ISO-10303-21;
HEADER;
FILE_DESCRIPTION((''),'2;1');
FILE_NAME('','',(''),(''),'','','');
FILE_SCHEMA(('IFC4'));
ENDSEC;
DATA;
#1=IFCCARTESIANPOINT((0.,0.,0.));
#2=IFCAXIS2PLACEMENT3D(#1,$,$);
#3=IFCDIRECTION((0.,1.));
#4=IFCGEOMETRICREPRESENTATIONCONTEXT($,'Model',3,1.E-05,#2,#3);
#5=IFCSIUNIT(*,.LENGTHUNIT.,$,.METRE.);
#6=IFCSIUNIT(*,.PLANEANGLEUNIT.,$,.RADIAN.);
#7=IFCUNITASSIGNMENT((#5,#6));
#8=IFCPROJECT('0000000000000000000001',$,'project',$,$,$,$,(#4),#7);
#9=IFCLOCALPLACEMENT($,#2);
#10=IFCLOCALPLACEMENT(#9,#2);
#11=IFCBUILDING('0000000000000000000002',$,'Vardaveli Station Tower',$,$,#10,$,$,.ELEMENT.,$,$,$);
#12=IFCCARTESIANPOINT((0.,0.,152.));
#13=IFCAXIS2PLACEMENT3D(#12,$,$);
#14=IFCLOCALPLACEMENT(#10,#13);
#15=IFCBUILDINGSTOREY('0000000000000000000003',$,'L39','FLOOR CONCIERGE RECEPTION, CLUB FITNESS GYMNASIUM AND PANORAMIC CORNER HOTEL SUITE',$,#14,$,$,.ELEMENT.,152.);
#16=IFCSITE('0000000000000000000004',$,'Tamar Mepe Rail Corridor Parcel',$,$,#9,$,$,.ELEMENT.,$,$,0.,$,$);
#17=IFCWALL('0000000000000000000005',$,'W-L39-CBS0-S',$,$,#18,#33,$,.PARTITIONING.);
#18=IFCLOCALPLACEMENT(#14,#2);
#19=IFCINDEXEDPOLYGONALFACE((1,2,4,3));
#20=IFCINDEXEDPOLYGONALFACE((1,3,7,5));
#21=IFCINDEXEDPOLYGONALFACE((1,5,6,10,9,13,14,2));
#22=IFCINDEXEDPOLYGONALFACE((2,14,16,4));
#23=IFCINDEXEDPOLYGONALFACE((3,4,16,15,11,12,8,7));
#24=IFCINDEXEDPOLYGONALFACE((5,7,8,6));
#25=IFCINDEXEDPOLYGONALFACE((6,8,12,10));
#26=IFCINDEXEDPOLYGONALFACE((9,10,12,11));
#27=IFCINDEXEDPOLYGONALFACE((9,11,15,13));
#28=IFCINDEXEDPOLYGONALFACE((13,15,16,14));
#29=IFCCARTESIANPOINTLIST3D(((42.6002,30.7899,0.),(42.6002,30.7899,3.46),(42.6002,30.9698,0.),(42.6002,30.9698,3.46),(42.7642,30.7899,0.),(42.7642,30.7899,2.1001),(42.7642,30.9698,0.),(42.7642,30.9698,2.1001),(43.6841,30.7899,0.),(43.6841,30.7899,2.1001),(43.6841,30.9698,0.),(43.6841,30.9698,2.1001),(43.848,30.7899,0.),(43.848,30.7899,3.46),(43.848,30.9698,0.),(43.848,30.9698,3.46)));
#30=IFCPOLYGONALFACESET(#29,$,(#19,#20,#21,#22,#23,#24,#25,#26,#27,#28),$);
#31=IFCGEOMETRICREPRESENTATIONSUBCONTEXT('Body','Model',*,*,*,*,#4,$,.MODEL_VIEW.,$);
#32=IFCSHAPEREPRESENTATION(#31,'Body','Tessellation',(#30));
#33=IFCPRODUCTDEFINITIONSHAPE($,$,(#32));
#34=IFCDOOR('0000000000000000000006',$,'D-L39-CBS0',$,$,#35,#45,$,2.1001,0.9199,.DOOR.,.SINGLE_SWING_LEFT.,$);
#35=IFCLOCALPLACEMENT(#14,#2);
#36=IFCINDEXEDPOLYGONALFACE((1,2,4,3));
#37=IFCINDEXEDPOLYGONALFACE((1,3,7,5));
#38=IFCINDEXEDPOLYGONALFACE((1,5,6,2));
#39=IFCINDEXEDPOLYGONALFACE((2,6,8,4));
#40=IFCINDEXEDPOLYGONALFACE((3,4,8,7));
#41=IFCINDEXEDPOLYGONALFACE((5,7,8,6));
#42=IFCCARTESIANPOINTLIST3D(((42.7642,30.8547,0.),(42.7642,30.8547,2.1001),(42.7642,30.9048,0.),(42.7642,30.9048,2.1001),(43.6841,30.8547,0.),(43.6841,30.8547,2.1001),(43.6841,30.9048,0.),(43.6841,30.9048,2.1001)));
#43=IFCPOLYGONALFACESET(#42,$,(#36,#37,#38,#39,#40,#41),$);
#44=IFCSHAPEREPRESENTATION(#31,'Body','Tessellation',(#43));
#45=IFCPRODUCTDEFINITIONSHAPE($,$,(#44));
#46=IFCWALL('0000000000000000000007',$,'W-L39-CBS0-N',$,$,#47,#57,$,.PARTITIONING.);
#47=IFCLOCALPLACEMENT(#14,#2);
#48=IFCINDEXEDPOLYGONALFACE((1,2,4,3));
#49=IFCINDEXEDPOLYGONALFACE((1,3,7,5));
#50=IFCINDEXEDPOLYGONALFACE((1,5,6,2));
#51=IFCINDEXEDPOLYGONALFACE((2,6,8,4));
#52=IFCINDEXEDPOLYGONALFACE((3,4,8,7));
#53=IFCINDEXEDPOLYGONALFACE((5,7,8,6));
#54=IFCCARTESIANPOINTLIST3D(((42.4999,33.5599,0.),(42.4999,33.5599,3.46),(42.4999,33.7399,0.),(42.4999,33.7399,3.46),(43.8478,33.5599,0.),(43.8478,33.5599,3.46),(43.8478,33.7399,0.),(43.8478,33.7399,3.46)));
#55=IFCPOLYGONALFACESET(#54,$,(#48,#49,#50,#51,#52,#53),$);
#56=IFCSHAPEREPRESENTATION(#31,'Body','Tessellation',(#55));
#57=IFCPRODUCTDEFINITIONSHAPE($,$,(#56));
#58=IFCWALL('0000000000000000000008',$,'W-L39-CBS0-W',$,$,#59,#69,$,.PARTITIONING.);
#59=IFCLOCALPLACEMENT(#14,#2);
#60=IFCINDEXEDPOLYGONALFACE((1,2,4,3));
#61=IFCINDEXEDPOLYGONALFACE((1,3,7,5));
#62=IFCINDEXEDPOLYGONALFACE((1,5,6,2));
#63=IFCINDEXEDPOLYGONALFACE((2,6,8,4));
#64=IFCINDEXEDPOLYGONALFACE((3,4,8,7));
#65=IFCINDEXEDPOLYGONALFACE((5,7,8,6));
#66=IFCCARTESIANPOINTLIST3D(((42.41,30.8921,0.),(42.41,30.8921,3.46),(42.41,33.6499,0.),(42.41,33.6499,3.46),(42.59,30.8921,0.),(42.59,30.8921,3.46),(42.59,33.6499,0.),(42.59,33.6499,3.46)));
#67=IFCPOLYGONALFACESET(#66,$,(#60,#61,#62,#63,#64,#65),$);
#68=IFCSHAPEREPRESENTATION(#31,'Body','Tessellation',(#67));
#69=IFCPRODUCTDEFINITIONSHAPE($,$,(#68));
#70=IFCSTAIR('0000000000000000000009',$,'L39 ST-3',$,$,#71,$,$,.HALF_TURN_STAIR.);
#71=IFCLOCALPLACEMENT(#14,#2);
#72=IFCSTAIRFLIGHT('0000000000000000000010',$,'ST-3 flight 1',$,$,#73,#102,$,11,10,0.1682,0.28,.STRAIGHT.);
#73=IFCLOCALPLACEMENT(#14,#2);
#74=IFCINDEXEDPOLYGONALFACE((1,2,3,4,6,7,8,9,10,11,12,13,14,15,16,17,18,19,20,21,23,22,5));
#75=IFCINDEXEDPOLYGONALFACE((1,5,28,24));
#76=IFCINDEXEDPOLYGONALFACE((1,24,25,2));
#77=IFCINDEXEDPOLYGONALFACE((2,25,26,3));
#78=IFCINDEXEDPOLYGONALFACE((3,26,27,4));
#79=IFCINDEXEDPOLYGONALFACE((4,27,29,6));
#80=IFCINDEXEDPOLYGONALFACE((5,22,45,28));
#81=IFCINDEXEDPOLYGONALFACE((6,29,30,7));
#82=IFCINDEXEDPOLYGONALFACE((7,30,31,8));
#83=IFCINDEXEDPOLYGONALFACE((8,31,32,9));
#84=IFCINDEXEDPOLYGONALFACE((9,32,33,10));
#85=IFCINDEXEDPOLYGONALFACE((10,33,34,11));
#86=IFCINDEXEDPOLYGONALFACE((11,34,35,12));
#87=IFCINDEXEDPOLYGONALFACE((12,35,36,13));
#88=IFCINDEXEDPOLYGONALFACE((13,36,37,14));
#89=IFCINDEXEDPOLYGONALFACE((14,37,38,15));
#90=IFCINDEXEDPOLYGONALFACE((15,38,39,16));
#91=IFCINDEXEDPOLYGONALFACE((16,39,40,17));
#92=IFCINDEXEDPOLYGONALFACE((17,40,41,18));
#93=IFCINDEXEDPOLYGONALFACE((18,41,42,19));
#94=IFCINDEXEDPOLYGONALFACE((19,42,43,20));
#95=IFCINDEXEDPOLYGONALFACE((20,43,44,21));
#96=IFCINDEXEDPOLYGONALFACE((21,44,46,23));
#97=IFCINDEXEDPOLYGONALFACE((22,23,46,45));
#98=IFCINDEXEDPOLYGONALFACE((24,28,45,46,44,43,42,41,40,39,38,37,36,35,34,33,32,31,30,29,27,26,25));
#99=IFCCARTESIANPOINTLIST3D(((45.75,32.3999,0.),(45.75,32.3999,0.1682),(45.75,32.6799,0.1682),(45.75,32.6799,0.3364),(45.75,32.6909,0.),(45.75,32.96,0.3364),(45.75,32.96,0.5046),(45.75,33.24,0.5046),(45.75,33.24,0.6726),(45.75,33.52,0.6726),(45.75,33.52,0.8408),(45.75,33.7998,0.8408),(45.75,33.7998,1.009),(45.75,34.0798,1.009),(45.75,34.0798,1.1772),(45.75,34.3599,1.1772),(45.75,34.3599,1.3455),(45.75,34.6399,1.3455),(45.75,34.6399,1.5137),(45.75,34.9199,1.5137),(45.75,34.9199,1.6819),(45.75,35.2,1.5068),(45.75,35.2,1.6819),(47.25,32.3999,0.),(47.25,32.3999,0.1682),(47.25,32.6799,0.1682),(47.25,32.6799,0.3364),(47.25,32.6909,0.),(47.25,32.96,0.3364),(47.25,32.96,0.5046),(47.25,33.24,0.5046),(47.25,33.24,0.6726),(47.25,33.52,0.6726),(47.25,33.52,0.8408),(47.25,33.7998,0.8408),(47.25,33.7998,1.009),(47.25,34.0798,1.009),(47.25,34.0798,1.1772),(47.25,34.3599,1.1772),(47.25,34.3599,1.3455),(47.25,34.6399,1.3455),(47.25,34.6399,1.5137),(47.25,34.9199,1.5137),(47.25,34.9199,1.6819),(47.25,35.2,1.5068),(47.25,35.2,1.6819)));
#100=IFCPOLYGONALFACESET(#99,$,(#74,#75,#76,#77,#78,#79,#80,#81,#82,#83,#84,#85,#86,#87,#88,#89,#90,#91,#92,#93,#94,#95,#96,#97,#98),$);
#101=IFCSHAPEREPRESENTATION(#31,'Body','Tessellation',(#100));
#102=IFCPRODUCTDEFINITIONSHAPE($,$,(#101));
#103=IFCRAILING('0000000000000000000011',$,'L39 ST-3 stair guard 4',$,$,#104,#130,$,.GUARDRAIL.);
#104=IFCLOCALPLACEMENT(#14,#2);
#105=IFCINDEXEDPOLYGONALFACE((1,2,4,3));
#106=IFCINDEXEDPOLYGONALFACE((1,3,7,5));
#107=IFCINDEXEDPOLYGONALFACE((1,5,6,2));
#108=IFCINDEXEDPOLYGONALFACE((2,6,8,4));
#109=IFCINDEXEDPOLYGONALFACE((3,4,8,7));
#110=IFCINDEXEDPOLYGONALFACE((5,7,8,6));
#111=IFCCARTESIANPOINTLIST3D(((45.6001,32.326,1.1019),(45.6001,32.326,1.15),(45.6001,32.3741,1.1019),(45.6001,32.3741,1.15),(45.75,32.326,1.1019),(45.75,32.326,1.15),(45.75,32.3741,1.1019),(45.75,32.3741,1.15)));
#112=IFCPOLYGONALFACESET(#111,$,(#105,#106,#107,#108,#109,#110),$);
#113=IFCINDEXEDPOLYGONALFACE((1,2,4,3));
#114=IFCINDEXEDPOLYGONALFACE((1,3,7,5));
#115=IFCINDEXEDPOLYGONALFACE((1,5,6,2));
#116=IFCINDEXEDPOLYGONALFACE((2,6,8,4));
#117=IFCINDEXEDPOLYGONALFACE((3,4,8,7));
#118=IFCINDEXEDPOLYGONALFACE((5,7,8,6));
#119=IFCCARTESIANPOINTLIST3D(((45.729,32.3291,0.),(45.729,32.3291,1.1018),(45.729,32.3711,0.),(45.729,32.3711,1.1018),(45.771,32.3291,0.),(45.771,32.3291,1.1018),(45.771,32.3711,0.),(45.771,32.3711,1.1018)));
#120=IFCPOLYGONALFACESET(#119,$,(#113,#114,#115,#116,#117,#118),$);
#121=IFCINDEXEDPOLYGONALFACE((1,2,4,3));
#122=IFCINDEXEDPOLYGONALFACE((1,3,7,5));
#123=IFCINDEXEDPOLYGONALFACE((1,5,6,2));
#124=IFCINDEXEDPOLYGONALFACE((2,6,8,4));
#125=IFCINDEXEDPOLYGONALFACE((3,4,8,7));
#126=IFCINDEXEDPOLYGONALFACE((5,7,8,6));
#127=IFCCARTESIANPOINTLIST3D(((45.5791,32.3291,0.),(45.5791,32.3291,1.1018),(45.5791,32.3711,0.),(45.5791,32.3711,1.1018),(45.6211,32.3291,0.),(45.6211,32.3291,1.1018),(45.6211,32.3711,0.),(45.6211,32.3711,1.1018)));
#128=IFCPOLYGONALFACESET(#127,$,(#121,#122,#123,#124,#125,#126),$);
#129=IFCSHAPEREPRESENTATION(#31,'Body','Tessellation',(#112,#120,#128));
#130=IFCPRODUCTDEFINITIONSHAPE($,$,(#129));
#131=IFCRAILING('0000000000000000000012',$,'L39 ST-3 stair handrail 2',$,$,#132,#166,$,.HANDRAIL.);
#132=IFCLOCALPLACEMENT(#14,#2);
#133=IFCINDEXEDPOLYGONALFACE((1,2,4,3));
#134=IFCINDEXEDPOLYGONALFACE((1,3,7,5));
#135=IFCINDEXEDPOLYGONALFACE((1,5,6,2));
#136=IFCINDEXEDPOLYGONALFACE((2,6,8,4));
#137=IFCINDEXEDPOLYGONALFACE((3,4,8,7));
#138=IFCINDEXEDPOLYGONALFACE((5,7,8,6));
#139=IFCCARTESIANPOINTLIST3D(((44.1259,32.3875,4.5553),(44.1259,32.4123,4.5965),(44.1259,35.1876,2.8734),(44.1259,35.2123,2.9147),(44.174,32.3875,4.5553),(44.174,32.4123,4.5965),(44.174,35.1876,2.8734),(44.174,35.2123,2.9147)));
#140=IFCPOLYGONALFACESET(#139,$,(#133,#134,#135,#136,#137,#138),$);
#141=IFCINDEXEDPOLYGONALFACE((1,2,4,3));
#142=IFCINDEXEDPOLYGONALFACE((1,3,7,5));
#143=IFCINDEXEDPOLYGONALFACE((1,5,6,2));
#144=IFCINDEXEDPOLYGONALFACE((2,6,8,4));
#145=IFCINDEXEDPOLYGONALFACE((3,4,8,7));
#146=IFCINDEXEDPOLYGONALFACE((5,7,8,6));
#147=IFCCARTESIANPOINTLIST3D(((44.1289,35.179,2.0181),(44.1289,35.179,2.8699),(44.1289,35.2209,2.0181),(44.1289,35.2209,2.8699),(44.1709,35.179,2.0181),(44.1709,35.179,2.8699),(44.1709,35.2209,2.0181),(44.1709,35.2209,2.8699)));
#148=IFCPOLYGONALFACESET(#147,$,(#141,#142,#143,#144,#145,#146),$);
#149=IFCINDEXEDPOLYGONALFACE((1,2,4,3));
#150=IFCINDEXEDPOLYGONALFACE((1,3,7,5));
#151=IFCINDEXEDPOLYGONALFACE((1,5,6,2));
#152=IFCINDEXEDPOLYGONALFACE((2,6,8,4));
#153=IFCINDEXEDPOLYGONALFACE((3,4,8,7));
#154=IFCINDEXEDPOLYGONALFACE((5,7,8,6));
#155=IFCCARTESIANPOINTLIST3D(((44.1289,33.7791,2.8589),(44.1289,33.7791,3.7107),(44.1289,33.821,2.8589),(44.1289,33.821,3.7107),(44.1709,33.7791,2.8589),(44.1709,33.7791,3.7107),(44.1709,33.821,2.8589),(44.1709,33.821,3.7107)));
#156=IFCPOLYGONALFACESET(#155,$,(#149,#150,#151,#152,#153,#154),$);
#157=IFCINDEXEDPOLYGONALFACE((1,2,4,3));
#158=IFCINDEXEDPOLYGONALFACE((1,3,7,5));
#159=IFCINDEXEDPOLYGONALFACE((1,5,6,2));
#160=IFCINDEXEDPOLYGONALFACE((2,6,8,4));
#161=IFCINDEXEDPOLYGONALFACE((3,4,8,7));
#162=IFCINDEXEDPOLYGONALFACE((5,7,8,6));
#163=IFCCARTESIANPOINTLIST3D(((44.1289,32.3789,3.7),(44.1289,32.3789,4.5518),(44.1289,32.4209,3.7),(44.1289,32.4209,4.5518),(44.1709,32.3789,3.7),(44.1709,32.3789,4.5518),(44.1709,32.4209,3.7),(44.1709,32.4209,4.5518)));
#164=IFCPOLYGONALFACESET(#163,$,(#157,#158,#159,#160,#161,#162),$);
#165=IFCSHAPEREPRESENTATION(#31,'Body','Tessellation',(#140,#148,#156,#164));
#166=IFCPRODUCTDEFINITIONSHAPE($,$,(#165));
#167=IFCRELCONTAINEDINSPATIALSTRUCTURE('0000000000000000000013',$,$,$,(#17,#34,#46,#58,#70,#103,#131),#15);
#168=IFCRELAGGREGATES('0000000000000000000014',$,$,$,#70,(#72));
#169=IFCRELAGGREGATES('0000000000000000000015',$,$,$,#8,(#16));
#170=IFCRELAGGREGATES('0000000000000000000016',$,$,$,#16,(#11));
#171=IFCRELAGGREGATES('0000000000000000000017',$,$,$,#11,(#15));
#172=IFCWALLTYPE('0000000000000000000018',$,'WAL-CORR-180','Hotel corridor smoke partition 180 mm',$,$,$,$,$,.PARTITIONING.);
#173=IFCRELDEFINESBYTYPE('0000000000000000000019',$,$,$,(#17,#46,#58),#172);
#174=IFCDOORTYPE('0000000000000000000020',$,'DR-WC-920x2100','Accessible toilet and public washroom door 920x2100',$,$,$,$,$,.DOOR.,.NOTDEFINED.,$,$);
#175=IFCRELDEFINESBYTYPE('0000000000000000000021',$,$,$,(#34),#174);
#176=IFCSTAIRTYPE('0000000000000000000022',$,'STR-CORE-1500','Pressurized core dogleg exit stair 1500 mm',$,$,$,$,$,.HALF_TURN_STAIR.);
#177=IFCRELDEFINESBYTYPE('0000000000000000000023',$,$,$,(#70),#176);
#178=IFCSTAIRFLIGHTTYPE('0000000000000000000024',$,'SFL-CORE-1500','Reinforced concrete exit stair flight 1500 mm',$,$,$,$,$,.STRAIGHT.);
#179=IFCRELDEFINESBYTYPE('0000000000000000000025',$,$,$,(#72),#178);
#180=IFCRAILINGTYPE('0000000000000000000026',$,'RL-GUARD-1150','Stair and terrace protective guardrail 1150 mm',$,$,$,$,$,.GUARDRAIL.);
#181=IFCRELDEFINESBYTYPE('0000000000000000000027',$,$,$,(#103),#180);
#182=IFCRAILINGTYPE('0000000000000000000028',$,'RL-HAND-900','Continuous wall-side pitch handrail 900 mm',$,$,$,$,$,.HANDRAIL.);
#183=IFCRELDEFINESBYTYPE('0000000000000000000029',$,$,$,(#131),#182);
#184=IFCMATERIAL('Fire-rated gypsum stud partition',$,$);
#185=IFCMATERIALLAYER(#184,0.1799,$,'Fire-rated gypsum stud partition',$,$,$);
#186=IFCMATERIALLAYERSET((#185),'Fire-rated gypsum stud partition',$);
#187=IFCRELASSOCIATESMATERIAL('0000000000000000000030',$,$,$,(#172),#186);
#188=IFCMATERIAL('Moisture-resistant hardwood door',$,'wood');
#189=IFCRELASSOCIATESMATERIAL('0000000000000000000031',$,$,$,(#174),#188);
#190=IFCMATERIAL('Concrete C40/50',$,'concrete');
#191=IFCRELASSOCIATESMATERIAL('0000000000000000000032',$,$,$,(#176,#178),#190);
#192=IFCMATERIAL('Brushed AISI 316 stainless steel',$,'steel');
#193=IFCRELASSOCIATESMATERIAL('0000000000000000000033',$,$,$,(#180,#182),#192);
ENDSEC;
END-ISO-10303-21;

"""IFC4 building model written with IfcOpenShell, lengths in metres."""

from ifc_helpers import new_model, si_unit, direction, frame, frame_2d, origin, origin_2d, place, context, subcontext, project, spatial, polyline, rectangle, outline, extrude, source, transform, mapped, material, layer, layer_set, type_object, element, fill, aggregate, save


model = new_model("IFC4")

# Units and contexts
model_context = context("Model", 3, precision=1e-05, world=origin(), true_north=direction((0.0, 1.0)))
body_context = subcontext(model_context, "Body", "Model", "MODEL_VIEW")
ifc_project = project(units=[si_unit("LENGTHUNIT", "METRE"), si_unit("PLANEANGLEUNIT", "RADIAN")], contexts=[model_context])

# Site, building, storey
site_placement = place(None, origin())
site = spatial("IfcSite", under=ifc_project, at=site_placement, Name="Tamar Mepe Rail Corridor Parcel", CompositionType="ELEMENT", RefElevation=0.0)
building_placement = place(site_placement, origin())
building = spatial("IfcBuilding", under=site, at=building_placement, Name="Vardaveli Station Tower", CompositionType="ELEMENT")
storey_placement = place(building_placement, frame((0.0, 0.0, 152.0)))
storey = spatial("IfcBuildingStorey", under=building, at=storey_placement, Name="L39", Description="FLOOR CONCIERGE RECEPTION, CLUB FITNESS GYMNASIUM AND PANORAMIC CORNER HOTEL SUITE", CompositionType="ELEMENT", Elevation=152.0)

# Shared definitions
ifc_material_1 = material(Name="Concrete C40/50", Category="concrete")

# Wall, opening, door
ifc_material_2 = material(Name="Fire-rated gypsum stud partition")
ifc_layer_1 = layer(ifc_material_2, 0.1799, Name="Fire-rated gypsum stud partition")
ifc_layer_set_1 = layer_set([ifc_layer_1], Name="Fire-rated gypsum stud partition")
wall_type_1 = type_object("IfcWallType", Name="WAL-CORR-180", Description="Hotel corridor smoke partition 180 mm", PredefinedType="PARTITIONING", material=ifc_layer_set_1)
shared_shape_1 = source(origin(), body_context, "Body", "SweptSolid", [
    extrude(rectangle(XDim=1.2478, YDim=0.1799, at=frame_2d((0.624, 0.0))), origin(), (0.0, 0.0, 1.0), 3.46),
])
wall_1_placement = place(storey_placement, frame((42.6001, 30.8799, 0.0), z_axis=(0.0, 0.0, 1.0), x_axis=(1.0, 0.0, 0.0)))
wall_1 = element("IfcWall", 1, at=wall_1_placement, inside=storey, type_object=wall_type_1, Name="W-L39-CBS0-S", PredefinedType="PARTITIONING", context=body_context, shape_type="MappedRepresentation", body=[
    mapped(shared_shape_1, transform((0.0, 0.0, 0.0), scale=1.0)),
])
shared_shape_2 = source(origin(), body_context, "Body", "SweptSolid", [
    extrude(rectangle(XDim=0.9199, YDim=2.1001, at=frame_2d((0.46, 1.05))), frame((0.0, 0.1001, 0.0), z_axis=(0.0, -1.0, 0.0), x_axis=(1.0, 0.0, 0.0)), (0.0, 0.0, 1.0), 0.2),
])
opening_1_placement = place(wall_1_placement, frame((0.1641, 0.0, 0.0)))
opening_1 = element("IfcOpeningElement", 2, at=opening_1_placement, cuts=wall_1, PredefinedType="OPENING", context=body_context, shape_type="MappedRepresentation", body=[
    mapped(shared_shape_2, transform((0.0, 0.0, 0.0), scale=1.0)),
])
ifc_material_3 = material(Name="Moisture-resistant hardwood door", Category="wood")
door_type_1 = type_object("IfcDoorType", Name="DR-WC-920x2100", Description="Accessible toilet and public washroom door 920x2100", OperationType="NOTDEFINED", PredefinedType="DOOR", material=ifc_material_3)
shared_shape_3 = source(origin(), body_context, "Body", "SweptSolid", [
    extrude(rectangle(XDim=0.9199, YDim=2.1001, at=frame_2d((0.46, 1.05))), frame((0.0, 0.0249, 0.0), z_axis=(0.0, -1.0, 0.0), x_axis=(1.0, 0.0, 0.0)), (0.0, 0.0, 1.0), 0.05),
])
door_1_placement = place(opening_1_placement, origin())
door_1 = element("IfcDoor", 3, at=door_1_placement, inside=storey, type_object=door_type_1, Name="D-L39-CBS0", OperationType="SINGLE_SWING_LEFT", OverallHeight=2.1001, OverallWidth=0.9199, PredefinedType="DOOR", context=body_context, shape_type="MappedRepresentation", body=[
    mapped(shared_shape_3, transform((0.0, 0.0, 0.0), scale=1.0)),
])
fill(opening_1, door_1)

# Walls
shared_shape_4 = source(origin(), body_context, "Body", "SweptSolid", [
    extrude(rectangle(XDim=1.3479, YDim=0.1799, at=frame_2d((0.6738, 0.0))), origin(), (0.0, 0.0, 1.0), 3.46),
])
wall_2_placement = place(storey_placement, frame((42.5, 33.6499, 0.0), z_axis=(0.0, 0.0, 1.0), x_axis=(1.0, 0.0, 0.0)))
element("IfcWall", 4, at=wall_2_placement, inside=storey, type_object=wall_type_1, Name="W-L39-CBS0-N", PredefinedType="PARTITIONING", context=body_context, shape_type="MappedRepresentation", body=[
    mapped(shared_shape_4, transform((0.0, 0.0, 0.0), scale=1.0)),
])
shared_shape_5 = source(origin(), body_context, "Body", "SweptSolid", [
    extrude(rectangle(XDim=2.7578, YDim=0.1799, at=frame_2d((1.3789, 0.0))), origin(), (0.0, 0.0, 1.0), 3.46),
])
wall_3_placement = place(storey_placement, frame((42.5, 30.8921, 0.0), z_axis=(0.0, 0.0, 1.0), x_axis=(0.0, 1.0, 0.0)))
element("IfcWall", 5, at=wall_3_placement, inside=storey, type_object=wall_type_1, Name="W-L39-CBS0-W", PredefinedType="PARTITIONING", context=body_context, shape_type="MappedRepresentation", body=[
    mapped(shared_shape_5, transform((0.0, 0.0, 0.0), scale=1.0)),
])

# Stair, stair flight
stair_type = type_object("IfcStairType", Name="STR-CORE-1500", Description="Pressurized core dogleg exit stair 1500 mm", PredefinedType="HALF_TURN_STAIR", material=ifc_material_1)
stair_placement = place(storey_placement, origin())
stair = element("IfcStair", 6, at=stair_placement, inside=storey, type_object=stair_type, Name="L39 ST-3", PredefinedType="HALF_TURN_STAIR")
stair_flight_type = type_object("IfcStairFlightType", Name="SFL-CORE-1500", Description="Reinforced concrete exit stair flight 1500 mm", PredefinedType="STRAIGHT", material=ifc_material_1)
shared_shape_6 = source(origin(), body_context, "Body", "SweptSolid", [
    extrude(outline(polyline([(0.0, 0.0), (0.0, 0.1682), (0.28, 0.1682), (0.28, 0.3364), (0.5601, 0.3364), (0.5601, 0.5046), (0.8401, 0.5046), (0.8401, 0.6726), (1.1201, 0.6726), (1.1201, 0.8408), (1.3999, 0.8408), (1.3999, 1.009), (1.6799, 1.009), (1.6799, 1.1772), (1.96, 1.1772), (1.96, 1.3455), (2.24, 1.3455), (2.24, 1.5137), (2.52, 1.5137), (2.52, 1.6819), (2.8, 1.6819), (2.8, 1.8501), (2.8, 1.5068), (0.291, 0.0), (0.0, 0.0)])), frame((0.0, 0.75, 0.0), z_axis=(0.0, -1.0, 0.0), x_axis=(1.0, 0.0, 0.0)), (0.0, 0.0, 1.0), 1.5),
])
stair_flight_placement = place(storey_placement, frame((46.5, 32.3999, 0.0), z_axis=(0.0, 0.0, 1.0), x_axis=(0.0, 1.0, 0.0)))
stair_flight = element("IfcStairFlight", 7, at=stair_flight_placement, type_object=stair_flight_type, Name="ST-3 flight 1", NumberOfRisers=11, NumberOfTreads=10, PredefinedType="STRAIGHT", RiserHeight=0.1682, TreadLength=0.28, context=body_context, shape_type="MappedRepresentation", body=[
    mapped(shared_shape_6, transform((0.0, 0.0, 0.0), scale=1.0)),
])
aggregate(stair, [stair_flight])

# Railings
ifc_material_4 = material(Name="Brushed AISI 316 stainless steel", Category="steel")
railing_type_1 = type_object("IfcRailingType", Name="RL-GUARD-1150", Description="Stair and terrace protective guardrail 1150 mm", PredefinedType="GUARDRAIL", material=ifc_material_4)
shared_shape_7 = source(origin(), body_context, "Body", "SweptSolid", [
    extrude(rectangle(XDim=0.0481, YDim=0.0481, at=origin_2d()), frame((0.0, 0.0, 1.126), z_axis=(-1.0, 0.0, 0.0), x_axis=(0.0, -1.0, 0.0)), (0.0, 0.0, 1.0), 0.1499),
    extrude(rectangle(XDim=0.042, YDim=0.042, at=origin_2d()), origin(), (0.0, 0.0, 1.0), 1.1018),
    extrude(rectangle(XDim=0.042, YDim=0.042, at=origin_2d()), frame((-0.1499, 0.0, 0.0)), (0.0, 0.0, 1.0), 1.1018),
])
railing_1_placement = place(storey_placement, frame((45.75, 32.3501, 0.0)))
element("IfcRailing", 8, at=railing_1_placement, inside=storey, type_object=railing_type_1, Name="L39 ST-3 stair guard 4", PredefinedType="GUARDRAIL", context=body_context, shape_type="MappedRepresentation", body=[
    mapped(shared_shape_7, transform((0.0, 0.0, 0.0), scale=1.0)),
])
railing_type_2 = type_object("IfcRailingType", Name="RL-HAND-900", Description="Continuous wall-side pitch handrail 900 mm", PredefinedType="HANDRAIL", material=ifc_material_4)
shared_shape_8 = source(origin(), body_context, "Body", "SweptSolid", [
    extrude(rectangle(XDim=0.0481, YDim=0.0481, at=origin_2d()), frame((0.0, 0.0, 0.876), z_axis=(0.0, -0.857242, 0.514913), x_axis=(1.0, 0.0, 0.0)), (0.0, 0.0, 1.0), 3.2664),
    extrude(rectangle(XDim=0.042, YDim=0.042, at=origin_2d()), origin(), (0.0, 0.0, 1.0), 0.8518),
    extrude(rectangle(XDim=0.042, YDim=0.042, at=origin_2d()), frame((0.0, -1.3999, 0.8408)), (0.0, 0.0, 1.0), 0.8518),
    extrude(rectangle(XDim=0.042, YDim=0.042, at=origin_2d()), frame((0.0, -2.8, 1.6819)), (0.0, 0.0, 1.0), 0.8518),
])
railing_2_placement = place(storey_placement, frame((44.1499, 35.2, 2.0181)))
element("IfcRailing", 9, at=railing_2_placement, inside=storey, type_object=railing_type_2, Name="L39 ST-3 stair handrail 2", PredefinedType="HANDRAIL", context=body_context, shape_type="MappedRepresentation", body=[
    mapped(shared_shape_8, transform((0.0, 0.0, 0.0), scale=1.0)),
])

save(model, "model.ifc")
